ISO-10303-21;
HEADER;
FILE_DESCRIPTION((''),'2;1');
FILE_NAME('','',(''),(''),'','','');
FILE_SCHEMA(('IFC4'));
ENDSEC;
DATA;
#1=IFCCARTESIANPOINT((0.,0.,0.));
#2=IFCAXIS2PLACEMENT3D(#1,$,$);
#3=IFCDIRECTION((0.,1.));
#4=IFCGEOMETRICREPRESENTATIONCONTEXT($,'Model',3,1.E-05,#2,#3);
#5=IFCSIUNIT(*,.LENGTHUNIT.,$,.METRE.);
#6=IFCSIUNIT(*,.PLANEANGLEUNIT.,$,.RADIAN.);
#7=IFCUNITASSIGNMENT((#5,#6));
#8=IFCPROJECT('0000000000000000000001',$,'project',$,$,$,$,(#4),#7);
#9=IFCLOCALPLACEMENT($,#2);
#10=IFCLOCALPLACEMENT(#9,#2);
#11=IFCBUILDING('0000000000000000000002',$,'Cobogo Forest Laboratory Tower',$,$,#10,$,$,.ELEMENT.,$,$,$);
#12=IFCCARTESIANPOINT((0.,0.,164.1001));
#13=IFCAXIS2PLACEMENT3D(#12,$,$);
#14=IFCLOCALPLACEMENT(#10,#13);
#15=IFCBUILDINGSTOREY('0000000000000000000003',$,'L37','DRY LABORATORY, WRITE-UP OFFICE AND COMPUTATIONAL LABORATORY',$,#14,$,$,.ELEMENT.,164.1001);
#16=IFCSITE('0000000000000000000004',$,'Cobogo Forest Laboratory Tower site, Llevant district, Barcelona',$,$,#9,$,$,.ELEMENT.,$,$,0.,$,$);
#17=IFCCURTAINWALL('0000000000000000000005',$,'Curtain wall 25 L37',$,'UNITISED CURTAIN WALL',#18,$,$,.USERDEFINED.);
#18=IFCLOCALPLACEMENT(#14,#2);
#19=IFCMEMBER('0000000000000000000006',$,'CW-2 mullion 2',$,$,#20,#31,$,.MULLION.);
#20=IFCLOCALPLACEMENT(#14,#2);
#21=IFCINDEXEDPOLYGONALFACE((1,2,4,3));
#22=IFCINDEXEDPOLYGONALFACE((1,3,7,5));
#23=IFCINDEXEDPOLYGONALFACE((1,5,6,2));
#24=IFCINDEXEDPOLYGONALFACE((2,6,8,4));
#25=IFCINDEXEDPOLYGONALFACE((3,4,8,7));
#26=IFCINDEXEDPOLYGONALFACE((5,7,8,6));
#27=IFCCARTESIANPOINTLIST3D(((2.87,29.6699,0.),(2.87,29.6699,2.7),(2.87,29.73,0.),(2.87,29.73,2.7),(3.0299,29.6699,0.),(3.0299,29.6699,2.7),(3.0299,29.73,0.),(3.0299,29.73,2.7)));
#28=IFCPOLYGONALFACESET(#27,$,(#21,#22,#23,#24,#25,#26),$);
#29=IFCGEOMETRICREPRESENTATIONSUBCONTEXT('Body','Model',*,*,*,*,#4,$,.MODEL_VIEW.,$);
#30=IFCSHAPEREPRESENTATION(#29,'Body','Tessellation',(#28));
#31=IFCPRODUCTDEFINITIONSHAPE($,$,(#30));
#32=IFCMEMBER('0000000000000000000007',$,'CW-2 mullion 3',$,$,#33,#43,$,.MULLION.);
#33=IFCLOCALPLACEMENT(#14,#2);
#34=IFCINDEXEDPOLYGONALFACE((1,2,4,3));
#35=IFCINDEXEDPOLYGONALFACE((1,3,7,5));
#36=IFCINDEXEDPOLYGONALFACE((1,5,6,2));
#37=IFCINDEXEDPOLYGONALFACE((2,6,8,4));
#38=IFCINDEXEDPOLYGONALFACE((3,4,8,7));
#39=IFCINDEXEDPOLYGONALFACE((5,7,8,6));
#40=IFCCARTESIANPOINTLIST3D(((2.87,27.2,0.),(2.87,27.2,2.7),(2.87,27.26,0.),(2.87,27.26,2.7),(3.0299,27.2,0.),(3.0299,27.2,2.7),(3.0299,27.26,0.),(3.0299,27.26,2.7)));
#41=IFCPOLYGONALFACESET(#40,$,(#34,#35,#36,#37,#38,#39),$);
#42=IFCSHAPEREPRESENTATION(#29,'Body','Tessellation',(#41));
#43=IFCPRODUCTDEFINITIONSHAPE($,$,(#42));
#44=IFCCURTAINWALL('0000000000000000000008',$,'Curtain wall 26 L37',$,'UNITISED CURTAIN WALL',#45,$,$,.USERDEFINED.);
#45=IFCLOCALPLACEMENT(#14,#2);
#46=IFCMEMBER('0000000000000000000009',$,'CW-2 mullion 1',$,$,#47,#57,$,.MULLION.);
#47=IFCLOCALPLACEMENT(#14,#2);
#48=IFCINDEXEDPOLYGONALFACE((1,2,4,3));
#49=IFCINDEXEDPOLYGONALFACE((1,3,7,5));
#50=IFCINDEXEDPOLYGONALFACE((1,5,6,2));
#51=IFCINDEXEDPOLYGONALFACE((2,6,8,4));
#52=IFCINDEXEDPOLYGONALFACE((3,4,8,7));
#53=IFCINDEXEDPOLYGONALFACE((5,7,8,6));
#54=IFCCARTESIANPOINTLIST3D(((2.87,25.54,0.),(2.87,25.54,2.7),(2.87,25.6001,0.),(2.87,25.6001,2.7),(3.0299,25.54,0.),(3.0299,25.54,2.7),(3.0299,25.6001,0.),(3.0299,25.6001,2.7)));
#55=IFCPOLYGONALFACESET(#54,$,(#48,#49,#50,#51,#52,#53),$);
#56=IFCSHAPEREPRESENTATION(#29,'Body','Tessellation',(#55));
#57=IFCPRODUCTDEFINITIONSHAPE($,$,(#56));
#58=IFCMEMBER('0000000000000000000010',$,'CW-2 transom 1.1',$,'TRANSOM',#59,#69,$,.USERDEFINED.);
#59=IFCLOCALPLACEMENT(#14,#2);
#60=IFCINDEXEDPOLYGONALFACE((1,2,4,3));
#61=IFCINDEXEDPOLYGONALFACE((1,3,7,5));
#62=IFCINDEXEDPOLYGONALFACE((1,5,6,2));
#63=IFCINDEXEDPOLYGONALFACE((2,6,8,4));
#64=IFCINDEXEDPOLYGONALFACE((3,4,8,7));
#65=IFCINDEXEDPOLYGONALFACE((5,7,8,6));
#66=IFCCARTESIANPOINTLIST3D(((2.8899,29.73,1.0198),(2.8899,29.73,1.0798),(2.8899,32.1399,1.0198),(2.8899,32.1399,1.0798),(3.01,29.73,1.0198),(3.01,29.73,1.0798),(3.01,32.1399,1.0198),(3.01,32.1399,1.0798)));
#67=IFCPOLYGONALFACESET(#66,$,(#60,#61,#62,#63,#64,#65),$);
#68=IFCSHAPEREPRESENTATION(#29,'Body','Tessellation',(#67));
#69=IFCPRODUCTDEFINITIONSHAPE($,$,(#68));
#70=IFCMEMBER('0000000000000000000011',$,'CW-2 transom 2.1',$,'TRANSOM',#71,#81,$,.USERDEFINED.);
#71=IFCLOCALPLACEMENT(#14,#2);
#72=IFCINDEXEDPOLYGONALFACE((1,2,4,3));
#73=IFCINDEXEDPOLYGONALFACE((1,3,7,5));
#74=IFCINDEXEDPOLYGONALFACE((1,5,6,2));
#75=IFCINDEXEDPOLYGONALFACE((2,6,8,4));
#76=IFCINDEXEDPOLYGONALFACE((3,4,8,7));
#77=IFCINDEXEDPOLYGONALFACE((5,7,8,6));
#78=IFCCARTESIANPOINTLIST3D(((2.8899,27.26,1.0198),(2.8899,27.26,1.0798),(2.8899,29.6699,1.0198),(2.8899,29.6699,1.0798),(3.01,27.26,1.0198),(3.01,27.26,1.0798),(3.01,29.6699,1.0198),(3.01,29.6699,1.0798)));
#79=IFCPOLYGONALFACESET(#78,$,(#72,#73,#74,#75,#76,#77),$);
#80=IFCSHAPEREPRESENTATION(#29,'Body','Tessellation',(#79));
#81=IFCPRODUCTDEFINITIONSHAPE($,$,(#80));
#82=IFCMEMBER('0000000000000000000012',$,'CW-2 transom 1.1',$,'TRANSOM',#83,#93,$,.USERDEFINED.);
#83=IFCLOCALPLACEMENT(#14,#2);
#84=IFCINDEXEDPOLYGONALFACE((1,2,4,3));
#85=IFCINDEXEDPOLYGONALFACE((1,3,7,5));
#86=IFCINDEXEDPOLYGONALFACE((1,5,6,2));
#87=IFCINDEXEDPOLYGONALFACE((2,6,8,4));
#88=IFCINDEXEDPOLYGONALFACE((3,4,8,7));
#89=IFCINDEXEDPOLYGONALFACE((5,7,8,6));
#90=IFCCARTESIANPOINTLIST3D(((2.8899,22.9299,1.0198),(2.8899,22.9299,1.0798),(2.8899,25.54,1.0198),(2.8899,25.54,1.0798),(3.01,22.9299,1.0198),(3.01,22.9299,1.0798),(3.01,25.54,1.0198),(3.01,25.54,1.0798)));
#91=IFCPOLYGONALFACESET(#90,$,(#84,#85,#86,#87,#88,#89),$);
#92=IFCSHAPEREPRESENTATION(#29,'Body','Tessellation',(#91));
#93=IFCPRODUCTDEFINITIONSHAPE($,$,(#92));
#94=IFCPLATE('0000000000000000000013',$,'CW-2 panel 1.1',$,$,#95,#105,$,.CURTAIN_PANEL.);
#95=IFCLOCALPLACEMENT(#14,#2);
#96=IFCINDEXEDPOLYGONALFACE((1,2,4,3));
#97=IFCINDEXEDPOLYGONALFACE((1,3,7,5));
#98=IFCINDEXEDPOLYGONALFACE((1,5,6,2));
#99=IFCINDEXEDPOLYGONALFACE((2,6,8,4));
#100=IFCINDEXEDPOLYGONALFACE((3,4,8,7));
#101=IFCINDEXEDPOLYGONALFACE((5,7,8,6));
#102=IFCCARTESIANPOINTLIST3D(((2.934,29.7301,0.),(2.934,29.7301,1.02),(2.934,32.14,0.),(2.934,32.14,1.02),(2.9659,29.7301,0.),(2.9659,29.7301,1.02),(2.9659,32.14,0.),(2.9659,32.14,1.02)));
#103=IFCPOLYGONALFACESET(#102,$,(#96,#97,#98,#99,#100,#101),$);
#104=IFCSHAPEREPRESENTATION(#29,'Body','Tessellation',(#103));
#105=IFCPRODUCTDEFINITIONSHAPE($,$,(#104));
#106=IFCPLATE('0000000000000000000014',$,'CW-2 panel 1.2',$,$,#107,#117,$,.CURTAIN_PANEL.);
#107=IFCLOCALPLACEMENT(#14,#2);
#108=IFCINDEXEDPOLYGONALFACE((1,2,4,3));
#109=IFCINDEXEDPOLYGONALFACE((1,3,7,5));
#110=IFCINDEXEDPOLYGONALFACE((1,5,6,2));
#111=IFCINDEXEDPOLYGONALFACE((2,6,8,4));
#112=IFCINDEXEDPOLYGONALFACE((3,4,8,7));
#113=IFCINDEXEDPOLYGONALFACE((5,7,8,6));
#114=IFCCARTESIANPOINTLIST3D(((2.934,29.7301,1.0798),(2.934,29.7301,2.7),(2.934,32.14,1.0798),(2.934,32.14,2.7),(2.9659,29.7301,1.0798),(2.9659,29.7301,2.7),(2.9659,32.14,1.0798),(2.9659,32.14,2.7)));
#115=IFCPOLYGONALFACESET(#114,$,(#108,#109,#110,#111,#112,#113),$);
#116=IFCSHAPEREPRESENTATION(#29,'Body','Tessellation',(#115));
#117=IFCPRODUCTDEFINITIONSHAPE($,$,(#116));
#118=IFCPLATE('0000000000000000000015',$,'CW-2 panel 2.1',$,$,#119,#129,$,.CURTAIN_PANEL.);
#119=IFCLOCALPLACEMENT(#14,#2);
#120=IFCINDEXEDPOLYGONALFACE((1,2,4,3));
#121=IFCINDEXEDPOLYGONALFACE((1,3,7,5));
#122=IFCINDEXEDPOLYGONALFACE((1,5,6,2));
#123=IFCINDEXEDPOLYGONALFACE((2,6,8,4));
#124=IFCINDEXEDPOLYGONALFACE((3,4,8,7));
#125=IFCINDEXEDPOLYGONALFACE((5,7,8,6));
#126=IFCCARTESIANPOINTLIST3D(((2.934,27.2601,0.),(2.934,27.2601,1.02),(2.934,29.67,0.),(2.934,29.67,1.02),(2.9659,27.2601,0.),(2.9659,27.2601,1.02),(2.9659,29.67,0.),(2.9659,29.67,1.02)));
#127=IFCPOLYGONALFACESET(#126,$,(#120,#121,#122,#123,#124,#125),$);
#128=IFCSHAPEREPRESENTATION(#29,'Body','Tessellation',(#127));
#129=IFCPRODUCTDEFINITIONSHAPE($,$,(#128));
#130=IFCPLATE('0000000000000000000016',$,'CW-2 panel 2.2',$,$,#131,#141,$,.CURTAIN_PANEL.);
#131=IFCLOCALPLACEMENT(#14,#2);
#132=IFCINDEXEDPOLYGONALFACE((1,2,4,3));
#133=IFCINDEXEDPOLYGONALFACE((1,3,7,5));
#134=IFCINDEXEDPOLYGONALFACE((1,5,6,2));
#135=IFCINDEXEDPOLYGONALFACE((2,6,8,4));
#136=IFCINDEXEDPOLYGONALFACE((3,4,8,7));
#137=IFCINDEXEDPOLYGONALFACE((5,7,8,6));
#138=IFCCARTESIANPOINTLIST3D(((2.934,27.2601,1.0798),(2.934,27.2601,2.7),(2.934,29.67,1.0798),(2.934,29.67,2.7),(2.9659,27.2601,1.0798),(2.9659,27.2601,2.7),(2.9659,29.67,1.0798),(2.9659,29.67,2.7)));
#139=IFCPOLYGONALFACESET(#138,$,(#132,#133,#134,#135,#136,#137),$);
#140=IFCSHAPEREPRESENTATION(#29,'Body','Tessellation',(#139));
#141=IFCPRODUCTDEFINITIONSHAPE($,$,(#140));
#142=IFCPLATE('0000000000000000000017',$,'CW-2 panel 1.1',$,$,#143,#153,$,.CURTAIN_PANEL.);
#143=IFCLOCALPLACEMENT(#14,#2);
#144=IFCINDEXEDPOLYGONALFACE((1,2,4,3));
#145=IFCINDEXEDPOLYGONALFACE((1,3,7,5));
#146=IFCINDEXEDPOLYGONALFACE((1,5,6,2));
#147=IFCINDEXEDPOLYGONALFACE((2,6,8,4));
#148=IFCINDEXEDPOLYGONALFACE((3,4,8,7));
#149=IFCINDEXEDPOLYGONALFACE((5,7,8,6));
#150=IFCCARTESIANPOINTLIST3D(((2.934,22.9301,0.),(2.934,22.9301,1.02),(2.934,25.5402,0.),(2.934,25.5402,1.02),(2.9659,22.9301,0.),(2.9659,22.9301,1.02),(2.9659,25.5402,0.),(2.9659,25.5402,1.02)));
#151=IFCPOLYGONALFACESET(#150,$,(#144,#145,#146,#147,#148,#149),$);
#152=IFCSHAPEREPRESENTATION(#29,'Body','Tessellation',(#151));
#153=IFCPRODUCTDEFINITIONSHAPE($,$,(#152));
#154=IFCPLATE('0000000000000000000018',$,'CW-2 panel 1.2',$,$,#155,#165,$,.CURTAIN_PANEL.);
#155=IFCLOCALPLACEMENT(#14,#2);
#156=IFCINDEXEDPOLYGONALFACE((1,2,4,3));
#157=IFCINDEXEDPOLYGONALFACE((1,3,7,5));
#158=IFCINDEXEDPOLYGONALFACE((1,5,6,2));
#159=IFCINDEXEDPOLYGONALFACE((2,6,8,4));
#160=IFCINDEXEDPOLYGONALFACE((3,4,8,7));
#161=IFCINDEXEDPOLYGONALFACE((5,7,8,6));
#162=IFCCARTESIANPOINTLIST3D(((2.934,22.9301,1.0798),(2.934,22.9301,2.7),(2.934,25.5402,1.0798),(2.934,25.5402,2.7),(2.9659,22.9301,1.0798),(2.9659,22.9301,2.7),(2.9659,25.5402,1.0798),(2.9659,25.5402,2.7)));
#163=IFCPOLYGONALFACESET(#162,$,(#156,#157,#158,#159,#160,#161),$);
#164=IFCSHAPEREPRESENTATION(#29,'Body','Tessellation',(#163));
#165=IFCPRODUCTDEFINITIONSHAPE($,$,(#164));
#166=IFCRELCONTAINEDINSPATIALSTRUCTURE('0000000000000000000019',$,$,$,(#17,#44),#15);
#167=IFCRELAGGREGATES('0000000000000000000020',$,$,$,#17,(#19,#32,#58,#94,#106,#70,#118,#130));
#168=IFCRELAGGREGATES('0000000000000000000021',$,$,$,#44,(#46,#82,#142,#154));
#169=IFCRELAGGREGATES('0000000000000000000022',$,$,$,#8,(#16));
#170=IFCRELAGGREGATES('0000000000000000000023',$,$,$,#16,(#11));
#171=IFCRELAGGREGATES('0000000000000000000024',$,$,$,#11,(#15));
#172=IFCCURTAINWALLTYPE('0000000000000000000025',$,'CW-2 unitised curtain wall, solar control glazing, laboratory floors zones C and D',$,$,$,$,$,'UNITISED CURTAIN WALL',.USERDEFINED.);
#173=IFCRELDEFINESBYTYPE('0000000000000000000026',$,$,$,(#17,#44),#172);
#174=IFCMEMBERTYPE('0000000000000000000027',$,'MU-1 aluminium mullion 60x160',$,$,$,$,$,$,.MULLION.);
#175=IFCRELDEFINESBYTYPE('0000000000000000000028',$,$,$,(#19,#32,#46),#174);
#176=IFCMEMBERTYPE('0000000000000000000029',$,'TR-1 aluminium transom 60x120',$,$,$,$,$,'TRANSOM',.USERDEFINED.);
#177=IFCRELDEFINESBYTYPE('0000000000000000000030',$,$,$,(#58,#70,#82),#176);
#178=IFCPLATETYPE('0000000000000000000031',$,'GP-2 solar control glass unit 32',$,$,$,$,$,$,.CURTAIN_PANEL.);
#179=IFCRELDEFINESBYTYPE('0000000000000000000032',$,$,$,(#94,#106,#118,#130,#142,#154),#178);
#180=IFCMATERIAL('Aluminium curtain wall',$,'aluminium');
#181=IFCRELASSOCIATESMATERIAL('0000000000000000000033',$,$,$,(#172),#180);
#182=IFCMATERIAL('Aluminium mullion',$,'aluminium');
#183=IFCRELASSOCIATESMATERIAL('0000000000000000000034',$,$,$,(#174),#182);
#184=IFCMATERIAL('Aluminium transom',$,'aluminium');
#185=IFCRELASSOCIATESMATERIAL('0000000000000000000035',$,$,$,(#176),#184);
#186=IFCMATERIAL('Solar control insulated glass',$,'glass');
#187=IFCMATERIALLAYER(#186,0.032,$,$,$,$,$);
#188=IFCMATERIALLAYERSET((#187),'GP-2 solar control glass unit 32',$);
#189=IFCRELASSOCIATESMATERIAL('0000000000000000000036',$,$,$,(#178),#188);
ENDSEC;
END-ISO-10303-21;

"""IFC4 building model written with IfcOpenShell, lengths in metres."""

from ifc_helpers import new_model, si_unit, direction, frame, origin, origin_2d, place, context, subcontext, project, spatial, rectangle, extrude, material, layer, layer_set, material_profile, profile_set, type_object, element, aggregate, save


model = new_model("IFC4")

# Units and contexts
model_context = context("Model", 3, precision=1e-05, world=origin(), true_north=direction((0.0, 1.0)))
body_context = subcontext(model_context, "Body", "Model", "MODEL_VIEW")
ifc_project = project(units=[si_unit("LENGTHUNIT", "METRE"), si_unit("PLANEANGLEUNIT", "RADIAN")], contexts=[model_context])

# Site, building, storey
site_placement = place(None, origin())
site = spatial("IfcSite", under=ifc_project, at=site_placement, Name="Cobogo Forest Laboratory Tower site, Llevant district, Barcelona", CompositionType="ELEMENT", RefElevation=0.0)
building_placement = place(site_placement, origin())
building = spatial("IfcBuilding", under=site, at=building_placement, Name="Cobogo Forest Laboratory Tower", CompositionType="ELEMENT")
storey_placement = place(building_placement, frame((0.0, 0.0, 164.1001)))
storey = spatial("IfcBuildingStorey", under=building, at=storey_placement, Name="L37", Description="DRY LABORATORY, WRITE-UP OFFICE AND COMPUTATIONAL LABORATORY", CompositionType="ELEMENT", Elevation=164.1001)

# Curtain wall, members
ifc_material_1 = material(Name="Aluminium curtain wall", Category="aluminium")
curtain_wall_type = type_object("IfcCurtainWallType", Name="CW-2 unitised curtain wall, solar control glazing, laboratory floors zones C and D", ElementType="UNITISED CURTAIN WALL", PredefinedType="USERDEFINED", material=ifc_material_1)
curtain_wall_1_placement = place(storey_placement, origin())
curtain_wall_1 = element("IfcCurtainWall", 1, at=curtain_wall_1_placement, inside=storey, type_object=curtain_wall_type, Name="Curtain wall 25 L37", ObjectType="UNITISED CURTAIN WALL", PredefinedType="USERDEFINED")
ifc_material_2 = material(Name="Aluminium mullion", Category="aluminium")
ifc_material_profile_1 = material_profile(ifc_material_2, rectangle(XDim=0.0601, YDim=0.1599, at=origin_2d()), Name="AL 60x160")
ifc_profile_set_1 = profile_set([ifc_material_profile_1], Name="Aluminium mullion")
member_type_1 = type_object("IfcMemberType", Name="MU-1 aluminium mullion 60x160", PredefinedType="MULLION", material=ifc_profile_set_1)
member_1_placement = place(storey_placement, frame((2.95, 29.7, 0.0), z_axis=(0.0, 0.0, 1.0), x_axis=(0.0, -1.0, 0.0)))
member_1 = element("IfcMember", 2, at=member_1_placement, type_object=member_type_1, Name="CW-2 mullion 2", PredefinedType="MULLION", context=body_context, shape_type="SweptSolid", body=[
    extrude(rectangle(XDim=0.0601, YDim=0.1599, at=origin_2d()), origin(), (0.0, 0.0, 1.0), 2.7),
])
member_2_placement = place(storey_placement, frame((2.95, 27.23, 0.0), z_axis=(0.0, 0.0, 1.0), x_axis=(0.0, -1.0, 0.0)))
member_2 = element("IfcMember", 3, at=member_2_placement, type_object=member_type_1, Name="CW-2 mullion 3", PredefinedType="MULLION", context=body_context, shape_type="SweptSolid", body=[
    extrude(rectangle(XDim=0.0601, YDim=0.1599, at=origin_2d()), origin(), (0.0, 0.0, 1.0), 2.7),
])

# Curtain wall, member
curtain_wall_2_placement = place(storey_placement, origin())
curtain_wall_2 = element("IfcCurtainWall", 4, at=curtain_wall_2_placement, inside=storey, type_object=curtain_wall_type, Name="Curtain wall 26 L37", ObjectType="UNITISED CURTAIN WALL", PredefinedType="USERDEFINED")
member_3_placement = place(storey_placement, frame((2.95, 25.5701, 0.0), z_axis=(0.0, 0.0, 1.0), x_axis=(0.0, -1.0, 0.0)))
member_3 = element("IfcMember", 5, at=member_3_placement, type_object=member_type_1, Name="CW-2 mullion 1", PredefinedType="MULLION", context=body_context, shape_type="SweptSolid", body=[
    extrude(rectangle(XDim=0.0601, YDim=0.1599, at=origin_2d()), origin(), (0.0, 0.0, 1.0), 2.7),
])

# Members
ifc_material_3 = material(Name="Aluminium transom", Category="aluminium")
ifc_material_profile_2 = material_profile(ifc_material_3, rectangle(XDim=0.1201, YDim=0.0601, at=origin_2d()), Name="AL 60x120")
ifc_profile_set_2 = profile_set([ifc_material_profile_2], Name="Aluminium transom")
member_type_2 = type_object("IfcMemberType", Name="TR-1 aluminium transom 60x120", ElementType="TRANSOM", PredefinedType="USERDEFINED", material=ifc_profile_set_2)
member_4_placement = place(storey_placement, frame((2.95, 32.1399, 1.0498), z_axis=(0.0, -1.0, 0.0), x_axis=(1.0, 0.0, 0.0)))
member_4 = element("IfcMember", 6, at=member_4_placement, type_object=member_type_2, Name="CW-2 transom 1.1", ObjectType="TRANSOM", PredefinedType="USERDEFINED", context=body_context, shape_type="SweptSolid", body=[
    extrude(rectangle(XDim=0.1201, YDim=0.0601, at=origin_2d()), origin(), (0.0, 0.0, 1.0), 2.4099),
])
member_5_placement = place(storey_placement, frame((2.95, 29.6699, 1.0498), z_axis=(0.0, -1.0, 0.0), x_axis=(1.0, 0.0, 0.0)))
member_5 = element("IfcMember", 7, at=member_5_placement, type_object=member_type_2, Name="CW-2 transom 2.1", ObjectType="TRANSOM", PredefinedType="USERDEFINED", context=body_context, shape_type="SweptSolid", body=[
    extrude(rectangle(XDim=0.1201, YDim=0.0601, at=origin_2d()), origin(), (0.0, 0.0, 1.0), 2.4099),
])
member_6_placement = place(storey_placement, frame((2.95, 25.54, 1.0498), z_axis=(0.0, -1.0, 0.0), x_axis=(1.0, 0.0, 0.0)))
member_6 = element("IfcMember", 8, at=member_6_placement, type_object=member_type_2, Name="CW-2 transom 1.1", ObjectType="TRANSOM", PredefinedType="USERDEFINED", context=body_context, shape_type="SweptSolid", body=[
    extrude(rectangle(XDim=0.1201, YDim=0.0601, at=origin_2d()), origin(), (0.0, 0.0, 1.0), 2.6101),
])

# Plates
ifc_material_4 = material(Name="Solar control insulated glass", Category="glass")
ifc_layer = layer(ifc_material_4, 0.032)
ifc_layer_set = layer_set([ifc_layer], Name="GP-2 solar control glass unit 32")
plate_type_1 = type_object("IfcPlateType", Name="GP-2 solar control glass unit 32", PredefinedType="CURTAIN_PANEL", material=ifc_layer_set)
plate_1_placement = place(storey_placement, frame((2.95, 30.9351, 0.0), z_axis=(0.0, 0.0, 1.0), x_axis=(0.0, -1.0, 0.0)))
plate_1 = element("IfcPlate", 9, at=plate_1_placement, type_object=plate_type_1, Name="CW-2 panel 1.1", PredefinedType="CURTAIN_PANEL", context=body_context, shape_type="SweptSolid", body=[
    extrude(rectangle(XDim=2.4099, YDim=0.032, at=origin_2d()), origin(), (0.0, 0.0, 1.0), 1.02),
])
plate_2_placement = place(storey_placement, frame((2.95, 30.9351, 1.0798), z_axis=(0.0, 0.0, 1.0), x_axis=(0.0, -1.0, 0.0)))
plate_2 = element("IfcPlate", 10, at=plate_2_placement, type_object=plate_type_1, Name="CW-2 panel 1.2", PredefinedType="CURTAIN_PANEL", context=body_context, shape_type="SweptSolid", body=[
    extrude(rectangle(XDim=2.4099, YDim=0.032, at=origin_2d()), origin(), (0.0, 0.0, 1.0), 1.6201),
])
plate_3_placement = place(storey_placement, frame((2.95, 28.4651, 0.0), z_axis=(0.0, 0.0, 1.0), x_axis=(0.0, -1.0, 0.0)))
plate_3 = element("IfcPlate", 11, at=plate_3_placement, type_object=plate_type_1, Name="CW-2 panel 2.1", PredefinedType="CURTAIN_PANEL", context=body_context, shape_type="SweptSolid", body=[
    extrude(rectangle(XDim=2.4099, YDim=0.032, at=origin_2d()), origin(), (0.0, 0.0, 1.0), 1.02),
])
plate_4_placement = place(storey_placement, frame((2.95, 28.4651, 1.0798), z_axis=(0.0, 0.0, 1.0), x_axis=(0.0, -1.0, 0.0)))
plate_4 = element("IfcPlate", 12, at=plate_4_placement, type_object=plate_type_1, Name="CW-2 panel 2.2", PredefinedType="CURTAIN_PANEL", context=body_context, shape_type="SweptSolid", body=[
    extrude(rectangle(XDim=2.4099, YDim=0.032, at=origin_2d()), origin(), (0.0, 0.0, 1.0), 1.6201),
])
aggregate(curtain_wall_1, [member_1, member_2, member_4, plate_1, plate_2, member_5, plate_3, plate_4])
plate_5_placement = place(storey_placement, frame((2.95, 24.2351, 0.0), z_axis=(0.0, 0.0, 1.0), x_axis=(0.0, -1.0, 0.0)))
plate_5 = element("IfcPlate", 13, at=plate_5_placement, type_object=plate_type_1, Name="CW-2 panel 1.1", PredefinedType="CURTAIN_PANEL", context=body_context, shape_type="SweptSolid", body=[
    extrude(rectangle(XDim=2.6101, YDim=0.032, at=origin_2d()), origin(), (0.0, 0.0, 1.0), 1.02),
])
plate_6_placement = place(storey_placement, frame((2.95, 24.2351, 1.0798), z_axis=(0.0, 0.0, 1.0), x_axis=(0.0, -1.0, 0.0)))
plate_6 = element("IfcPlate", 14, at=plate_6_placement, type_object=plate_type_1, Name="CW-2 panel 1.2", PredefinedType="CURTAIN_PANEL", context=body_context, shape_type="SweptSolid", body=[
    extrude(rectangle(XDim=2.6101, YDim=0.032, at=origin_2d()), origin(), (0.0, 0.0, 1.0), 1.6201),
])
aggregate(curtain_wall_2, [member_3, member_6, plate_5, plate_6])

save(model, "model.ifc")
